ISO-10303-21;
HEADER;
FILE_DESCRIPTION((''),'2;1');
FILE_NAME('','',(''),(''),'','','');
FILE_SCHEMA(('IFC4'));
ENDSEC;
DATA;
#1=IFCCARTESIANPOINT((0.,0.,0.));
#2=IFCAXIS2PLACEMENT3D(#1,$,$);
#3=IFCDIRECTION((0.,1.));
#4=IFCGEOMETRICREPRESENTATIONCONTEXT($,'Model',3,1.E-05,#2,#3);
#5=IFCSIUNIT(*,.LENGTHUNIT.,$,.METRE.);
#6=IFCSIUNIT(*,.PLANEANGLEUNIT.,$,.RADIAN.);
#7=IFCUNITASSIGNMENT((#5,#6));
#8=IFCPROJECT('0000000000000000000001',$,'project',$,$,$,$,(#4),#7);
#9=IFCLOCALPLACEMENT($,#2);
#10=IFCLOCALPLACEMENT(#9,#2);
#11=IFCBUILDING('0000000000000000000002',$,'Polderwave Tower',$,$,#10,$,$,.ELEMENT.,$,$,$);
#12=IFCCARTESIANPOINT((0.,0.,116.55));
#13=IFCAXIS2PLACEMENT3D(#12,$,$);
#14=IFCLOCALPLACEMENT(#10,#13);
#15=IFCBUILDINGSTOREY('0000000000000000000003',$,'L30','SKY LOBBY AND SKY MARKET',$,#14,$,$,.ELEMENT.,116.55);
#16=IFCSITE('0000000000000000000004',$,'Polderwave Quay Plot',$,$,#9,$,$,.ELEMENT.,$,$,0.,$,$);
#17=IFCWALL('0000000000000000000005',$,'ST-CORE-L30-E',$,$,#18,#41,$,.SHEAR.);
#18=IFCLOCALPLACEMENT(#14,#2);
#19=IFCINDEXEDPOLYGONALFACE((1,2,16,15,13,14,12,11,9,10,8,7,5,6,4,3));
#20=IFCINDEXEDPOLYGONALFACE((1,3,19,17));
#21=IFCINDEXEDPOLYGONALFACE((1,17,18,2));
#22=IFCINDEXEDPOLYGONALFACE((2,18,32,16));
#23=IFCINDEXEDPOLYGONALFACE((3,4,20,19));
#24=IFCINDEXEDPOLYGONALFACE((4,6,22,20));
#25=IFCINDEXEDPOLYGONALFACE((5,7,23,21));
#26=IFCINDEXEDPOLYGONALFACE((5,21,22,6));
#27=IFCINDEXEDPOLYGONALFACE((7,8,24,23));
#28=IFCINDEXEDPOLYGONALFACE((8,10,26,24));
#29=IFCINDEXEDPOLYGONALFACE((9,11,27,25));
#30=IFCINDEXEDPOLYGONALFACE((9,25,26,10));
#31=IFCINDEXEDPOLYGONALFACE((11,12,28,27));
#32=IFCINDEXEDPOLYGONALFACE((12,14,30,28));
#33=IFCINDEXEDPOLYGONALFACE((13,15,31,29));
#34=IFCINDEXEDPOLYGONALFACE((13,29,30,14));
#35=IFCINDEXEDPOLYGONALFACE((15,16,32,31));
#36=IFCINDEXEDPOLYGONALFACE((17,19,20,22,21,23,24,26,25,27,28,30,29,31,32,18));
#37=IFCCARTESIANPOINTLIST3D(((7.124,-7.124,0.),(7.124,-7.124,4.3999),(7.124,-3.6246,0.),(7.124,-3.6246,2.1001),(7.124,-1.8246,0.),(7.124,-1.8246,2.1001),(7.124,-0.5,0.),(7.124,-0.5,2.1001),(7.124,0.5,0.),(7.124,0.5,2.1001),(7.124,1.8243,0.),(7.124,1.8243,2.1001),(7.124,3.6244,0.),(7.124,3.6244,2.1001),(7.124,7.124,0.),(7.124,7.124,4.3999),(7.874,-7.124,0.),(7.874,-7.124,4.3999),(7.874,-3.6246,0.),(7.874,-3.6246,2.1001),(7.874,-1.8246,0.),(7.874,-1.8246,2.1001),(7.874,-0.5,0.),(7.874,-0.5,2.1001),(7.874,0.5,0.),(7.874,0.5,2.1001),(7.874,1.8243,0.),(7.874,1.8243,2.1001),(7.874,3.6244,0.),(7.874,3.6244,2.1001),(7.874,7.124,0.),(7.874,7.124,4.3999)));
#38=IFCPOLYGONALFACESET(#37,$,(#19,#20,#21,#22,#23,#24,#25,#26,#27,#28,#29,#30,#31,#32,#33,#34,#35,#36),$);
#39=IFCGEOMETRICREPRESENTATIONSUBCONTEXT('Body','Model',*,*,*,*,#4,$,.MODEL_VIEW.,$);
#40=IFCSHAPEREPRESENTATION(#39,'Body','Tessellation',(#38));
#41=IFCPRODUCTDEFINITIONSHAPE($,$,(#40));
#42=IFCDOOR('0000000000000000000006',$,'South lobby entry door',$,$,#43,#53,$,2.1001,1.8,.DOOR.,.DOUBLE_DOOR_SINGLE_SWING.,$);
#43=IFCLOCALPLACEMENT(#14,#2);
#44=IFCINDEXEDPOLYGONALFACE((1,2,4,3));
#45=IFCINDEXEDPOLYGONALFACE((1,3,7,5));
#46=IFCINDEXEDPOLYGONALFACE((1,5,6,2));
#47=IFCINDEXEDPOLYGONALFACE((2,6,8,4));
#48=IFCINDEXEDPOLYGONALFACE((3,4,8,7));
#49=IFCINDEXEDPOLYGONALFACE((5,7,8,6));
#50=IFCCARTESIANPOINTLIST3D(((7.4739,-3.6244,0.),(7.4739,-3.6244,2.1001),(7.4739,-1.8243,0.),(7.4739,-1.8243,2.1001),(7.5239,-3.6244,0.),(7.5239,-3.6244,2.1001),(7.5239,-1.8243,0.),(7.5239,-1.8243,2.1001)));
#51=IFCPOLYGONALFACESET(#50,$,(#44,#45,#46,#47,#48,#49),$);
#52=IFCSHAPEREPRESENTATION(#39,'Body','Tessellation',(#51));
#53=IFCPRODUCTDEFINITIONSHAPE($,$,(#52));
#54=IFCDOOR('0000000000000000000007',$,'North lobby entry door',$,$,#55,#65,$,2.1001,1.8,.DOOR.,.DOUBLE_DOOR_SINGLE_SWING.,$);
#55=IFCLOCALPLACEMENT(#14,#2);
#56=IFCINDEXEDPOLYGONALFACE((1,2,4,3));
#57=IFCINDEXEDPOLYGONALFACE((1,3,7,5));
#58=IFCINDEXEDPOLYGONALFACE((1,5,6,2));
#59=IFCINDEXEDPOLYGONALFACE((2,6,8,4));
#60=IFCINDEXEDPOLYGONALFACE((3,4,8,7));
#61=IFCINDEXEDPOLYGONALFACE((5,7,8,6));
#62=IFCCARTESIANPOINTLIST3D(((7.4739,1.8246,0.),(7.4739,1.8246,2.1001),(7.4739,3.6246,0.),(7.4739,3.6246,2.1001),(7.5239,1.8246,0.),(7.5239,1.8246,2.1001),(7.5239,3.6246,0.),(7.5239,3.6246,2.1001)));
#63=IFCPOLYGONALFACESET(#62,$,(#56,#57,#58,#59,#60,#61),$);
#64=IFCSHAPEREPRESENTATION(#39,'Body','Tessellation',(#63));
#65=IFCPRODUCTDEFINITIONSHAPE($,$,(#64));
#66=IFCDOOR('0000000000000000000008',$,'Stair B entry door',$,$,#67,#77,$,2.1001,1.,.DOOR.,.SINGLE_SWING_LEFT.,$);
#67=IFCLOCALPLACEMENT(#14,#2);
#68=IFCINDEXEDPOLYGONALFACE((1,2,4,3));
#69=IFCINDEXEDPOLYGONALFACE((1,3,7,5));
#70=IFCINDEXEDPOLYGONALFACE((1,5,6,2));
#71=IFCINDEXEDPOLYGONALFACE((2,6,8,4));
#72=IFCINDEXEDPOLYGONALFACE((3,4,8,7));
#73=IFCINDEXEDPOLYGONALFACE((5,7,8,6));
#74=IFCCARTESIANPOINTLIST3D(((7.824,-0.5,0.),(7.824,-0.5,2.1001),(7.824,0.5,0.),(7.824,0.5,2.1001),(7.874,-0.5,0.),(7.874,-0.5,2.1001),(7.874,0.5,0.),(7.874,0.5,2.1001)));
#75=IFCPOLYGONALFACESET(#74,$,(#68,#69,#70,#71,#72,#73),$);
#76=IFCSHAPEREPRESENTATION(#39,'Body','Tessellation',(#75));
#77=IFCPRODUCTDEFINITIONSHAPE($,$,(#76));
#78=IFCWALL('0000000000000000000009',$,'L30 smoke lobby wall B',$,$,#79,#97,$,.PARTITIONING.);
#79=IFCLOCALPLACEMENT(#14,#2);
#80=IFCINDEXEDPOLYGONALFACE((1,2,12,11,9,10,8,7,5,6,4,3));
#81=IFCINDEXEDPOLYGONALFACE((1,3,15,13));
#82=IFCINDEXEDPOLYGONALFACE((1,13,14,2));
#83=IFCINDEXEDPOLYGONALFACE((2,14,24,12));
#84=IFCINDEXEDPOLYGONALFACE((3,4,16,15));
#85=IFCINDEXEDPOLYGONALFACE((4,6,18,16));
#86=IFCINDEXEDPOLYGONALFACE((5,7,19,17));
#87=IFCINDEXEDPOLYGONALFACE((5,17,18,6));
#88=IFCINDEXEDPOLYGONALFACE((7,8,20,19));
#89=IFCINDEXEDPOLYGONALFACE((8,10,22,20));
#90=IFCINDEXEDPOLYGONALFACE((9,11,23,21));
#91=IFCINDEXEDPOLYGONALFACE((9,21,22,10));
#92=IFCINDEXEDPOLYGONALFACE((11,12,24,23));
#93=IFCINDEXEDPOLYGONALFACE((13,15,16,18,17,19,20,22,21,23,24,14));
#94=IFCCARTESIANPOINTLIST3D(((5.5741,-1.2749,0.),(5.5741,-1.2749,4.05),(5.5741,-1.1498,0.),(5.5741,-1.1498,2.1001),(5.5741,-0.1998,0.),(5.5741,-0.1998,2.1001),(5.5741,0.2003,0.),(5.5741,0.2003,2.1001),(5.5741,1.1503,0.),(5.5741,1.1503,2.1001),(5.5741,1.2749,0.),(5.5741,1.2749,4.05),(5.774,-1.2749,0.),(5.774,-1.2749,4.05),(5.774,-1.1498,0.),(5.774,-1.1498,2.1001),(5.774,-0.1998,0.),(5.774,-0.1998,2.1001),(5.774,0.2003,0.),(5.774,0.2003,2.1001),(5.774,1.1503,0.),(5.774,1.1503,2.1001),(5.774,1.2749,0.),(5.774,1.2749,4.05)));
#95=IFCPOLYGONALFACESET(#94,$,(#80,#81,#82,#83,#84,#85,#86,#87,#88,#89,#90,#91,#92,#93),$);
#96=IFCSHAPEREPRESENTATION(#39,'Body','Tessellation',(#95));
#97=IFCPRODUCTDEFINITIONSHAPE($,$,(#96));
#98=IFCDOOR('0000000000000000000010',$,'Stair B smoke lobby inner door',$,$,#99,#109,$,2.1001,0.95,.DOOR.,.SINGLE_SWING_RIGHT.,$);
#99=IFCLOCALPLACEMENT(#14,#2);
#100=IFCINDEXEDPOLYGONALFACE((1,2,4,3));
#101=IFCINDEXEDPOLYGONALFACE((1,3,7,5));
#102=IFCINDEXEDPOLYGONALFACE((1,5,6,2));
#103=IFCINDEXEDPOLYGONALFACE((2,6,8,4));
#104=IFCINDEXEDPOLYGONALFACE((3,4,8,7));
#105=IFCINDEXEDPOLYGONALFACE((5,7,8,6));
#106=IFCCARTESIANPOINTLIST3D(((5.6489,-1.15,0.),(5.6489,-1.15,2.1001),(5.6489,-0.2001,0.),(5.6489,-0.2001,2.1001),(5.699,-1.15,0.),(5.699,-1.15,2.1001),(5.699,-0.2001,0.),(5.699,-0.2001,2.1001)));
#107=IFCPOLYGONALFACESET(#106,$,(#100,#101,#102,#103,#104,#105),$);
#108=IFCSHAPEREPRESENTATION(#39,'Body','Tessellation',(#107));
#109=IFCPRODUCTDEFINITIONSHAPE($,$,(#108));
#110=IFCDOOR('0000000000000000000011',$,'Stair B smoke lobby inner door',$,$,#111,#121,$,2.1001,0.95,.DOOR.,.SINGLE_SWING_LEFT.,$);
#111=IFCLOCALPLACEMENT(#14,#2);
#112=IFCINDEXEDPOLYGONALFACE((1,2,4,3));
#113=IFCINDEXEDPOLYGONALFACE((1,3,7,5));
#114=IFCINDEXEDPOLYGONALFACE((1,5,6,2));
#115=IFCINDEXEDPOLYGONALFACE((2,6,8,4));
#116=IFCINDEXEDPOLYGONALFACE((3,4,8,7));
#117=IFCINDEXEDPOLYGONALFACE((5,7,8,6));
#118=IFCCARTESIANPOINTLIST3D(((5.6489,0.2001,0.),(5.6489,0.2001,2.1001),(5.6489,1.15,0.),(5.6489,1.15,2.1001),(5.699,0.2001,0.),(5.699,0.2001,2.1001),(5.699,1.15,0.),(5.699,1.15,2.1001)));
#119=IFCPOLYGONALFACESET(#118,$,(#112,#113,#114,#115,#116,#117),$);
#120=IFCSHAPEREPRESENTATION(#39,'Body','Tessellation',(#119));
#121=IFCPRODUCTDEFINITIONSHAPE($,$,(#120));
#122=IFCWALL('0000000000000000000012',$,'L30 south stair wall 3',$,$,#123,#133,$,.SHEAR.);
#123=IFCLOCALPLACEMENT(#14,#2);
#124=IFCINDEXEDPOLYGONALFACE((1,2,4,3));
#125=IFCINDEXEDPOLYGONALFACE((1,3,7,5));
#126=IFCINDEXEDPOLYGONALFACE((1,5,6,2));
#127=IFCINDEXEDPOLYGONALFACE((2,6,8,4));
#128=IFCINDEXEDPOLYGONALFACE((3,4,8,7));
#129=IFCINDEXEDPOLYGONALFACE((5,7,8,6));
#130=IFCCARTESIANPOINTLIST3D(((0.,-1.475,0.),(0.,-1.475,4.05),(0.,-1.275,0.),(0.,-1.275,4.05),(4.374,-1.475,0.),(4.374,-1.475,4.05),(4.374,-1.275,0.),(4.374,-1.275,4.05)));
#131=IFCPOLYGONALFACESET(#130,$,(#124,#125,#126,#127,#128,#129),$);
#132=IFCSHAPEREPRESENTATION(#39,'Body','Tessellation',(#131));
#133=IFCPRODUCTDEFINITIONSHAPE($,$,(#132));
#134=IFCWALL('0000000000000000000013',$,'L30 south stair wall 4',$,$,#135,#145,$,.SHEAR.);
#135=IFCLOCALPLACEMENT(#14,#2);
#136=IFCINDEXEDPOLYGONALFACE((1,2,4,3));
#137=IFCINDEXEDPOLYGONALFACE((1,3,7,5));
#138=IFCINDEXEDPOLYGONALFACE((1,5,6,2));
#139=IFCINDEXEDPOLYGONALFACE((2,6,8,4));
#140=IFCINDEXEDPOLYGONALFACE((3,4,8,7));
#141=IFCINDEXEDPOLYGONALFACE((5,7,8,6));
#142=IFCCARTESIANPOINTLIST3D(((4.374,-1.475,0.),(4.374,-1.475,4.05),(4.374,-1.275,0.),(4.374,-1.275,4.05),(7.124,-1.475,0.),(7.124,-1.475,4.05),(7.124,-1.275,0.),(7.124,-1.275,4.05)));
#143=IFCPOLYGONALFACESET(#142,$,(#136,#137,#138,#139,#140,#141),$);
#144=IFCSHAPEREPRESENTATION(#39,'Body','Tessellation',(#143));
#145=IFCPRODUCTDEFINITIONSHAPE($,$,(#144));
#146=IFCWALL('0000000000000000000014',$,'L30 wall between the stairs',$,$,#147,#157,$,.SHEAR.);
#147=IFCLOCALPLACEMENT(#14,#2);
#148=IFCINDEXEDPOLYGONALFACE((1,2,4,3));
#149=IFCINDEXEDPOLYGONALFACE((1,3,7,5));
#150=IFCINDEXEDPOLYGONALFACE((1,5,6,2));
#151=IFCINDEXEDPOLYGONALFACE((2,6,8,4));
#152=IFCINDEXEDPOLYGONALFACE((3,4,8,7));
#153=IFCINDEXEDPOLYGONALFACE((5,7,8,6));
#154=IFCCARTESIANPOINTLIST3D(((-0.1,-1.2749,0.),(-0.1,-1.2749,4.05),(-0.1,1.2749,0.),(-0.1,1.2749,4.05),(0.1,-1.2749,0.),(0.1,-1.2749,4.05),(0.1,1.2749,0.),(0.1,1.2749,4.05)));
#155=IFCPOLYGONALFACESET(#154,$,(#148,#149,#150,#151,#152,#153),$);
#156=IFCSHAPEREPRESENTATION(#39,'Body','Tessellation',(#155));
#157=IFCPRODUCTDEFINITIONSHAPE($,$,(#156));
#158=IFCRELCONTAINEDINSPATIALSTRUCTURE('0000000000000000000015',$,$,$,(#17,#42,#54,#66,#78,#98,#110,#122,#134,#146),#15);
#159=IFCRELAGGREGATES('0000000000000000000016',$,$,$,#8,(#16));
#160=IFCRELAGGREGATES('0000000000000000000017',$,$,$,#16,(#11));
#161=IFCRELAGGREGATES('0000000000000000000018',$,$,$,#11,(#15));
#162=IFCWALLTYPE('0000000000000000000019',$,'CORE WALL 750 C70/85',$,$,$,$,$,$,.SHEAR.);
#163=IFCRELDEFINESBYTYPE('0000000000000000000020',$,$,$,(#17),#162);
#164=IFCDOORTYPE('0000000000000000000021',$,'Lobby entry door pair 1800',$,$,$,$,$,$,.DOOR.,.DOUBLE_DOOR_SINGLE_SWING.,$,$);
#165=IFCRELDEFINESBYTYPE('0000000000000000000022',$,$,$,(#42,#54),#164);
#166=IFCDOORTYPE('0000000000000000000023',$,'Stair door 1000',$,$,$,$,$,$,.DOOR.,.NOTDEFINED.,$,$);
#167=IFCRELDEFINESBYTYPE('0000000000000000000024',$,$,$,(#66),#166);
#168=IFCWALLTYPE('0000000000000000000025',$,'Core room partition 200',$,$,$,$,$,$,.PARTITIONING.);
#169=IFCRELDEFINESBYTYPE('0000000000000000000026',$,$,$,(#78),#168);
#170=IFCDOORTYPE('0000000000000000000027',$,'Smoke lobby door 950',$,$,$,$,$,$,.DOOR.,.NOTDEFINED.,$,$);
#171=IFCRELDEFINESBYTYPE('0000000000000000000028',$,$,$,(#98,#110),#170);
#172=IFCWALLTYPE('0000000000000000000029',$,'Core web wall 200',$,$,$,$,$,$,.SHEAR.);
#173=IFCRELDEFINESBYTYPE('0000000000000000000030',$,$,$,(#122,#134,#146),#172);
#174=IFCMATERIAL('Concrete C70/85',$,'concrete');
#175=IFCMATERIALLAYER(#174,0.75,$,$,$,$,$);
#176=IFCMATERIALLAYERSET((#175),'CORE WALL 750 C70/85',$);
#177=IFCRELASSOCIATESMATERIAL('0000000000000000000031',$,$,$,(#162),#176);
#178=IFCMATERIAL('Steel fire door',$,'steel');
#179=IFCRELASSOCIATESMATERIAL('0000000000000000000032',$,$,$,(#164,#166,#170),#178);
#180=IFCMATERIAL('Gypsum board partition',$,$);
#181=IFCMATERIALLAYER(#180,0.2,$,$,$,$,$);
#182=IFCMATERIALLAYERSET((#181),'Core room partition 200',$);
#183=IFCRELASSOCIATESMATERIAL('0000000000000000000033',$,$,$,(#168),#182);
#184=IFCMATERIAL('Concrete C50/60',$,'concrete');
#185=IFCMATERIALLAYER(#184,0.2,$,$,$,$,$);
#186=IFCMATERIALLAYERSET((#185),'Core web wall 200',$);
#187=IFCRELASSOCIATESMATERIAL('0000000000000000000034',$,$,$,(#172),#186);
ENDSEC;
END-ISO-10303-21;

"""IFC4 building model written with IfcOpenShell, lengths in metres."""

from ifc_helpers import new_model, si_unit, direction, frame, frame_2d, origin, place, context, subcontext, project, spatial, rectangle, extrude, material, layer, layer_set, type_object, element, fill, save


model = new_model("IFC4")

# Units and contexts
model_context = context("Model", 3, precision=1e-05, world=origin(), true_north=direction((0.0, 1.0)))
body_context = subcontext(model_context, "Body", "Model", "MODEL_VIEW")
ifc_project = project(units=[si_unit("LENGTHUNIT", "METRE"), si_unit("PLANEANGLEUNIT", "RADIAN")], contexts=[model_context])

# Site, building, storey
site_placement = place(None, origin())
site = spatial("IfcSite", under=ifc_project, at=site_placement, Name="Polderwave Quay Plot", CompositionType="ELEMENT", RefElevation=0.0)
building_placement = place(site_placement, origin())
building = spatial("IfcBuilding", under=site, at=building_placement, Name="Polderwave Tower", CompositionType="ELEMENT")
storey_placement = place(building_placement, frame((0.0, 0.0, 116.55)))
storey = spatial("IfcBuildingStorey", under=building, at=storey_placement, Name="L30", Description="SKY LOBBY AND SKY MARKET", CompositionType="ELEMENT", Elevation=116.55)

# Walls, openings, doors
ifc_material_1 = material(Name="Concrete C70/85", Category="concrete")
ifc_layer_1 = layer(ifc_material_1, 0.75)
ifc_layer_set_1 = layer_set([ifc_layer_1], Name="CORE WALL 750 C70/85")
wall_type_1 = type_object("IfcWallType", Name="CORE WALL 750 C70/85", PredefinedType="SHEAR", material=ifc_layer_set_1)
wall_1_placement = place(storey_placement, frame((7.499, -7.124, 0.0), z_axis=(0.0, 0.0, 1.0), x_axis=(0.0, 1.0, 0.0)))
wall_1 = element("IfcWall", 1, at=wall_1_placement, inside=storey, type_object=wall_type_1, Name="ST-CORE-L30-E", PredefinedType="SHEAR", context=body_context, shape_type="SweptSolid", body=[
    extrude(rectangle(XDim=14.248, YDim=0.75, at=frame_2d((7.124, 0.0))), origin(), (0.0, 0.0, 1.0), 4.3999),
])
opening_1_placement = place(wall_1_placement, frame((6.624, 0.0, 0.0)))
opening_1 = element("IfcOpeningElement", 2, at=opening_1_placement, cuts=wall_1, PredefinedType="OPENING", context=body_context, shape_type="SweptSolid", body=[
    extrude(rectangle(XDim=1.0, YDim=2.1001, at=frame_2d((0.5, 1.05))), frame((0.0, 0.385, 0.0), z_axis=(0.0, -1.0, 0.0), x_axis=(1.0, 0.0, 0.0)), (0.0, 0.0, 1.0), 0.77),
])
opening_2_placement = place(wall_1_placement, frame((3.4995, 0.0, 0.0)))
opening_2 = element("IfcOpeningElement", 3, at=opening_2_placement, cuts=wall_1, PredefinedType="OPENING", context=body_context, shape_type="SweptSolid", body=[
    extrude(rectangle(XDim=1.8, YDim=2.1001, at=frame_2d((0.8999, 1.05))), frame((0.0, 0.385, 0.0), z_axis=(0.0, -1.0, 0.0), x_axis=(1.0, 0.0, 0.0)), (0.0, 0.0, 1.0), 0.77),
])
opening_3_placement = place(wall_1_placement, frame((8.9485, 0.0, 0.0)))
opening_3 = element("IfcOpeningElement", 4, at=opening_3_placement, cuts=wall_1, PredefinedType="OPENING", context=body_context, shape_type="SweptSolid", body=[
    extrude(rectangle(XDim=1.8, YDim=2.1001, at=frame_2d((0.8999, 1.05))), frame((0.0, 0.385, 0.0), z_axis=(0.0, -1.0, 0.0), x_axis=(1.0, 0.0, 0.0)), (0.0, 0.0, 1.0), 0.77),
])
ifc_material_2 = material(Name="Steel fire door", Category="steel")
door_type_1 = type_object("IfcDoorType", Name="Lobby entry door pair 1800", OperationType="DOUBLE_DOOR_SINGLE_SWING", PredefinedType="DOOR", material=ifc_material_2)
door_1_placement = place(opening_2_placement, frame((1.8, 0.0, 0.0), z_axis=(0.0, 0.0, 1.0), x_axis=(-1.0, 0.0, 0.0)))
door_1 = element("IfcDoor", 5, at=door_1_placement, inside=storey, type_object=door_type_1, Name="South lobby entry door", OperationType="DOUBLE_DOOR_SINGLE_SWING", OverallHeight=2.1001, OverallWidth=1.8, PredefinedType="DOOR", context=body_context, shape_type="SweptSolid", body=[
    extrude(rectangle(XDim=1.8, YDim=2.1001, at=frame_2d((0.8999, 1.05))), frame((0.0, 0.0249, 0.0), z_axis=(0.0, -1.0, 0.0), x_axis=(1.0, 0.0, 0.0)), (0.0, 0.0, 1.0), 0.05),
])
fill(opening_2, door_1)
door_2_placement = place(opening_3_placement, frame((1.8, 0.0, 0.0), z_axis=(0.0, 0.0, 1.0), x_axis=(-1.0, 0.0, 0.0)))
door_2 = element("IfcDoor", 6, at=door_2_placement, inside=storey, type_object=door_type_1, Name="North lobby entry door", OperationType="DOUBLE_DOOR_SINGLE_SWING", OverallHeight=2.1001, OverallWidth=1.8, PredefinedType="DOOR", context=body_context, shape_type="SweptSolid", body=[
    extrude(rectangle(XDim=1.8, YDim=2.1001, at=frame_2d((0.8999, 1.05))), frame((0.0, 0.0249, 0.0), z_axis=(0.0, -1.0, 0.0), x_axis=(1.0, 0.0, 0.0)), (0.0, 0.0, 1.0), 0.05),
])
fill(opening_3, door_2)
door_type_2 = type_object("IfcDoorType", Name="Stair door 1000", OperationType="NOTDEFINED", PredefinedType="DOOR", material=ifc_material_2)
door_3_placement = place(opening_1_placement, frame((1.0, 0.0, 0.0), z_axis=(0.0, 0.0, 1.0), x_axis=(-1.0, 0.0, 0.0)))
door_3 = element("IfcDoor", 7, at=door_3_placement, inside=storey, type_object=door_type_2, Name="Stair B entry door", OperationType="SINGLE_SWING_LEFT", OverallHeight=2.1001, OverallWidth=1.0, PredefinedType="DOOR", context=body_context, shape_type="SweptSolid", body=[
    extrude(rectangle(XDim=1.0, YDim=2.1001, at=frame_2d((0.5, 1.05))), frame((0.0, 0.375, 0.0), z_axis=(0.0, -1.0, 0.0), x_axis=(1.0, 0.0, 0.0)), (0.0, 0.0, 1.0), 0.05),
])
fill(opening_1, door_3)
ifc_material_3 = material(Name="Gypsum board partition")
ifc_layer_2 = layer(ifc_material_3, 0.2)
ifc_layer_set_2 = layer_set([ifc_layer_2], Name="Core room partition 200")
wall_type_2 = type_object("IfcWallType", Name="Core room partition 200", PredefinedType="PARTITIONING", material=ifc_layer_set_2)
wall_2_placement = place(storey_placement, frame((5.6741, -1.2749, 0.0), z_axis=(0.0, 0.0, 1.0), x_axis=(0.0, 1.0, 0.0)))
wall_2 = element("IfcWall", 8, at=wall_2_placement, inside=storey, type_object=wall_type_2, Name="L30 smoke lobby wall B", PredefinedType="PARTITIONING", context=body_context, shape_type="SweptSolid", body=[
    extrude(rectangle(XDim=2.5498, YDim=0.2, at=frame_2d((1.2749, 0.0))), origin(), (0.0, 0.0, 1.0), 4.05),
])
opening_4_placement = place(wall_2_placement, frame((0.125, 0.0, 0.0)))
opening_4 = element("IfcOpeningElement", 9, at=opening_4_placement, cuts=wall_2, PredefinedType="OPENING", context=body_context, shape_type="SweptSolid", body=[
    extrude(rectangle(XDim=0.95, YDim=2.1001, at=frame_2d((0.4751, 1.05))), frame((0.0, 0.1099, 0.0), z_axis=(0.0, -1.0, 0.0), x_axis=(1.0, 0.0, 0.0)), (0.0, 0.0, 1.0), 0.22),
])
opening_5_placement = place(wall_2_placement, frame((1.4751, 0.0, 0.0)))
opening_5 = element("IfcOpeningElement", 10, at=opening_5_placement, cuts=wall_2, PredefinedType="OPENING", context=body_context, shape_type="SweptSolid", body=[
    extrude(rectangle(XDim=0.95, YDim=2.1001, at=frame_2d((0.4751, 1.05))), frame((0.0, 0.1099, 0.0), z_axis=(0.0, -1.0, 0.0), x_axis=(1.0, 0.0, 0.0)), (0.0, 0.0, 1.0), 0.22),
])
door_type_3 = type_object("IfcDoorType", Name="Smoke lobby door 950", OperationType="NOTDEFINED", PredefinedType="DOOR", material=ifc_material_2)
door_4_placement = place(opening_4_placement, frame((0.95, 0.0, 0.0), z_axis=(0.0, 0.0, 1.0), x_axis=(-1.0, 0.0, 0.0)))
door_4 = element("IfcDoor", 11, at=door_4_placement, inside=storey, type_object=door_type_3, Name="Stair B smoke lobby inner door", OperationType="SINGLE_SWING_RIGHT", OverallHeight=2.1001, OverallWidth=0.95, PredefinedType="DOOR", context=body_context, shape_type="SweptSolid", body=[
    extrude(rectangle(XDim=0.95, YDim=2.1001, at=frame_2d((0.4751, 1.05))), frame((0.0, 0.0249, 0.0), z_axis=(0.0, -1.0, 0.0), x_axis=(1.0, 0.0, 0.0)), (0.0, 0.0, 1.0), 0.05),
])
fill(opening_4, door_4)
door_5_placement = place(opening_5_placement, frame((0.95, 0.0, 0.0), z_axis=(0.0, 0.0, 1.0), x_axis=(-1.0, 0.0, 0.0)))
door_5 = element("IfcDoor", 12, at=door_5_placement, inside=storey, type_object=door_type_3, Name="Stair B smoke lobby inner door", OperationType="SINGLE_SWING_LEFT", OverallHeight=2.1001, OverallWidth=0.95, PredefinedType="DOOR", context=body_context, shape_type="SweptSolid", body=[
    extrude(rectangle(XDim=0.95, YDim=2.1001, at=frame_2d((0.4751, 1.05))), frame((0.0, 0.0249, 0.0), z_axis=(0.0, -1.0, 0.0), x_axis=(1.0, 0.0, 0.0)), (0.0, 0.0, 1.0), 0.05),
])
fill(opening_5, door_5)

# Walls
ifc_material_4 = material(Name="Concrete C50/60", Category="concrete")
ifc_layer_3 = layer(ifc_material_4, 0.2)
ifc_layer_set_3 = layer_set([ifc_layer_3], Name="Core web wall 200")
wall_type_3 = type_object("IfcWallType", Name="Core web wall 200", PredefinedType="SHEAR", material=ifc_layer_set_3)
wall_3_placement = place(storey_placement, frame((0.0, -1.375, 0.0), z_axis=(0.0, 0.0, 1.0), x_axis=(1.0, 0.0, 0.0)))
element("IfcWall", 13, at=wall_3_placement, inside=storey, type_object=wall_type_3, Name="L30 south stair wall 3", PredefinedType="SHEAR", context=body_context, shape_type="SweptSolid", body=[
    extrude(rectangle(XDim=4.374, YDim=0.2, at=frame_2d((2.187, 0.0))), origin(), (0.0, 0.0, 1.0), 4.05),
])
wall_4_placement = place(storey_placement, frame((4.374, -1.375, 0.0), z_axis=(0.0, 0.0, 1.0), x_axis=(1.0, 0.0, 0.0)))
element("IfcWall", 14, at=wall_4_placement, inside=storey, type_object=wall_type_3, Name="L30 south stair wall 4", PredefinedType="SHEAR", context=body_context, shape_type="SweptSolid", body=[
    extrude(rectangle(XDim=2.75, YDim=0.2, at=frame_2d((1.375, 0.0))), origin(), (0.0, 0.0, 1.0), 4.05),
])
wall_5_placement = place(storey_placement, frame((0.0, -1.2749, 0.0), z_axis=(0.0, 0.0, 1.0), x_axis=(0.0, 1.0, 0.0)))
element("IfcWall", 15, at=wall_5_placement, inside=storey, type_object=wall_type_3, Name="L30 wall between the stairs", PredefinedType="SHEAR", context=body_context, shape_type="SweptSolid", body=[
    extrude(rectangle(XDim=2.5498, YDim=0.2, at=frame_2d((1.2749, 0.0))), origin(), (0.0, 0.0, 1.0), 4.05),
])

save(model, "model.ifc")
